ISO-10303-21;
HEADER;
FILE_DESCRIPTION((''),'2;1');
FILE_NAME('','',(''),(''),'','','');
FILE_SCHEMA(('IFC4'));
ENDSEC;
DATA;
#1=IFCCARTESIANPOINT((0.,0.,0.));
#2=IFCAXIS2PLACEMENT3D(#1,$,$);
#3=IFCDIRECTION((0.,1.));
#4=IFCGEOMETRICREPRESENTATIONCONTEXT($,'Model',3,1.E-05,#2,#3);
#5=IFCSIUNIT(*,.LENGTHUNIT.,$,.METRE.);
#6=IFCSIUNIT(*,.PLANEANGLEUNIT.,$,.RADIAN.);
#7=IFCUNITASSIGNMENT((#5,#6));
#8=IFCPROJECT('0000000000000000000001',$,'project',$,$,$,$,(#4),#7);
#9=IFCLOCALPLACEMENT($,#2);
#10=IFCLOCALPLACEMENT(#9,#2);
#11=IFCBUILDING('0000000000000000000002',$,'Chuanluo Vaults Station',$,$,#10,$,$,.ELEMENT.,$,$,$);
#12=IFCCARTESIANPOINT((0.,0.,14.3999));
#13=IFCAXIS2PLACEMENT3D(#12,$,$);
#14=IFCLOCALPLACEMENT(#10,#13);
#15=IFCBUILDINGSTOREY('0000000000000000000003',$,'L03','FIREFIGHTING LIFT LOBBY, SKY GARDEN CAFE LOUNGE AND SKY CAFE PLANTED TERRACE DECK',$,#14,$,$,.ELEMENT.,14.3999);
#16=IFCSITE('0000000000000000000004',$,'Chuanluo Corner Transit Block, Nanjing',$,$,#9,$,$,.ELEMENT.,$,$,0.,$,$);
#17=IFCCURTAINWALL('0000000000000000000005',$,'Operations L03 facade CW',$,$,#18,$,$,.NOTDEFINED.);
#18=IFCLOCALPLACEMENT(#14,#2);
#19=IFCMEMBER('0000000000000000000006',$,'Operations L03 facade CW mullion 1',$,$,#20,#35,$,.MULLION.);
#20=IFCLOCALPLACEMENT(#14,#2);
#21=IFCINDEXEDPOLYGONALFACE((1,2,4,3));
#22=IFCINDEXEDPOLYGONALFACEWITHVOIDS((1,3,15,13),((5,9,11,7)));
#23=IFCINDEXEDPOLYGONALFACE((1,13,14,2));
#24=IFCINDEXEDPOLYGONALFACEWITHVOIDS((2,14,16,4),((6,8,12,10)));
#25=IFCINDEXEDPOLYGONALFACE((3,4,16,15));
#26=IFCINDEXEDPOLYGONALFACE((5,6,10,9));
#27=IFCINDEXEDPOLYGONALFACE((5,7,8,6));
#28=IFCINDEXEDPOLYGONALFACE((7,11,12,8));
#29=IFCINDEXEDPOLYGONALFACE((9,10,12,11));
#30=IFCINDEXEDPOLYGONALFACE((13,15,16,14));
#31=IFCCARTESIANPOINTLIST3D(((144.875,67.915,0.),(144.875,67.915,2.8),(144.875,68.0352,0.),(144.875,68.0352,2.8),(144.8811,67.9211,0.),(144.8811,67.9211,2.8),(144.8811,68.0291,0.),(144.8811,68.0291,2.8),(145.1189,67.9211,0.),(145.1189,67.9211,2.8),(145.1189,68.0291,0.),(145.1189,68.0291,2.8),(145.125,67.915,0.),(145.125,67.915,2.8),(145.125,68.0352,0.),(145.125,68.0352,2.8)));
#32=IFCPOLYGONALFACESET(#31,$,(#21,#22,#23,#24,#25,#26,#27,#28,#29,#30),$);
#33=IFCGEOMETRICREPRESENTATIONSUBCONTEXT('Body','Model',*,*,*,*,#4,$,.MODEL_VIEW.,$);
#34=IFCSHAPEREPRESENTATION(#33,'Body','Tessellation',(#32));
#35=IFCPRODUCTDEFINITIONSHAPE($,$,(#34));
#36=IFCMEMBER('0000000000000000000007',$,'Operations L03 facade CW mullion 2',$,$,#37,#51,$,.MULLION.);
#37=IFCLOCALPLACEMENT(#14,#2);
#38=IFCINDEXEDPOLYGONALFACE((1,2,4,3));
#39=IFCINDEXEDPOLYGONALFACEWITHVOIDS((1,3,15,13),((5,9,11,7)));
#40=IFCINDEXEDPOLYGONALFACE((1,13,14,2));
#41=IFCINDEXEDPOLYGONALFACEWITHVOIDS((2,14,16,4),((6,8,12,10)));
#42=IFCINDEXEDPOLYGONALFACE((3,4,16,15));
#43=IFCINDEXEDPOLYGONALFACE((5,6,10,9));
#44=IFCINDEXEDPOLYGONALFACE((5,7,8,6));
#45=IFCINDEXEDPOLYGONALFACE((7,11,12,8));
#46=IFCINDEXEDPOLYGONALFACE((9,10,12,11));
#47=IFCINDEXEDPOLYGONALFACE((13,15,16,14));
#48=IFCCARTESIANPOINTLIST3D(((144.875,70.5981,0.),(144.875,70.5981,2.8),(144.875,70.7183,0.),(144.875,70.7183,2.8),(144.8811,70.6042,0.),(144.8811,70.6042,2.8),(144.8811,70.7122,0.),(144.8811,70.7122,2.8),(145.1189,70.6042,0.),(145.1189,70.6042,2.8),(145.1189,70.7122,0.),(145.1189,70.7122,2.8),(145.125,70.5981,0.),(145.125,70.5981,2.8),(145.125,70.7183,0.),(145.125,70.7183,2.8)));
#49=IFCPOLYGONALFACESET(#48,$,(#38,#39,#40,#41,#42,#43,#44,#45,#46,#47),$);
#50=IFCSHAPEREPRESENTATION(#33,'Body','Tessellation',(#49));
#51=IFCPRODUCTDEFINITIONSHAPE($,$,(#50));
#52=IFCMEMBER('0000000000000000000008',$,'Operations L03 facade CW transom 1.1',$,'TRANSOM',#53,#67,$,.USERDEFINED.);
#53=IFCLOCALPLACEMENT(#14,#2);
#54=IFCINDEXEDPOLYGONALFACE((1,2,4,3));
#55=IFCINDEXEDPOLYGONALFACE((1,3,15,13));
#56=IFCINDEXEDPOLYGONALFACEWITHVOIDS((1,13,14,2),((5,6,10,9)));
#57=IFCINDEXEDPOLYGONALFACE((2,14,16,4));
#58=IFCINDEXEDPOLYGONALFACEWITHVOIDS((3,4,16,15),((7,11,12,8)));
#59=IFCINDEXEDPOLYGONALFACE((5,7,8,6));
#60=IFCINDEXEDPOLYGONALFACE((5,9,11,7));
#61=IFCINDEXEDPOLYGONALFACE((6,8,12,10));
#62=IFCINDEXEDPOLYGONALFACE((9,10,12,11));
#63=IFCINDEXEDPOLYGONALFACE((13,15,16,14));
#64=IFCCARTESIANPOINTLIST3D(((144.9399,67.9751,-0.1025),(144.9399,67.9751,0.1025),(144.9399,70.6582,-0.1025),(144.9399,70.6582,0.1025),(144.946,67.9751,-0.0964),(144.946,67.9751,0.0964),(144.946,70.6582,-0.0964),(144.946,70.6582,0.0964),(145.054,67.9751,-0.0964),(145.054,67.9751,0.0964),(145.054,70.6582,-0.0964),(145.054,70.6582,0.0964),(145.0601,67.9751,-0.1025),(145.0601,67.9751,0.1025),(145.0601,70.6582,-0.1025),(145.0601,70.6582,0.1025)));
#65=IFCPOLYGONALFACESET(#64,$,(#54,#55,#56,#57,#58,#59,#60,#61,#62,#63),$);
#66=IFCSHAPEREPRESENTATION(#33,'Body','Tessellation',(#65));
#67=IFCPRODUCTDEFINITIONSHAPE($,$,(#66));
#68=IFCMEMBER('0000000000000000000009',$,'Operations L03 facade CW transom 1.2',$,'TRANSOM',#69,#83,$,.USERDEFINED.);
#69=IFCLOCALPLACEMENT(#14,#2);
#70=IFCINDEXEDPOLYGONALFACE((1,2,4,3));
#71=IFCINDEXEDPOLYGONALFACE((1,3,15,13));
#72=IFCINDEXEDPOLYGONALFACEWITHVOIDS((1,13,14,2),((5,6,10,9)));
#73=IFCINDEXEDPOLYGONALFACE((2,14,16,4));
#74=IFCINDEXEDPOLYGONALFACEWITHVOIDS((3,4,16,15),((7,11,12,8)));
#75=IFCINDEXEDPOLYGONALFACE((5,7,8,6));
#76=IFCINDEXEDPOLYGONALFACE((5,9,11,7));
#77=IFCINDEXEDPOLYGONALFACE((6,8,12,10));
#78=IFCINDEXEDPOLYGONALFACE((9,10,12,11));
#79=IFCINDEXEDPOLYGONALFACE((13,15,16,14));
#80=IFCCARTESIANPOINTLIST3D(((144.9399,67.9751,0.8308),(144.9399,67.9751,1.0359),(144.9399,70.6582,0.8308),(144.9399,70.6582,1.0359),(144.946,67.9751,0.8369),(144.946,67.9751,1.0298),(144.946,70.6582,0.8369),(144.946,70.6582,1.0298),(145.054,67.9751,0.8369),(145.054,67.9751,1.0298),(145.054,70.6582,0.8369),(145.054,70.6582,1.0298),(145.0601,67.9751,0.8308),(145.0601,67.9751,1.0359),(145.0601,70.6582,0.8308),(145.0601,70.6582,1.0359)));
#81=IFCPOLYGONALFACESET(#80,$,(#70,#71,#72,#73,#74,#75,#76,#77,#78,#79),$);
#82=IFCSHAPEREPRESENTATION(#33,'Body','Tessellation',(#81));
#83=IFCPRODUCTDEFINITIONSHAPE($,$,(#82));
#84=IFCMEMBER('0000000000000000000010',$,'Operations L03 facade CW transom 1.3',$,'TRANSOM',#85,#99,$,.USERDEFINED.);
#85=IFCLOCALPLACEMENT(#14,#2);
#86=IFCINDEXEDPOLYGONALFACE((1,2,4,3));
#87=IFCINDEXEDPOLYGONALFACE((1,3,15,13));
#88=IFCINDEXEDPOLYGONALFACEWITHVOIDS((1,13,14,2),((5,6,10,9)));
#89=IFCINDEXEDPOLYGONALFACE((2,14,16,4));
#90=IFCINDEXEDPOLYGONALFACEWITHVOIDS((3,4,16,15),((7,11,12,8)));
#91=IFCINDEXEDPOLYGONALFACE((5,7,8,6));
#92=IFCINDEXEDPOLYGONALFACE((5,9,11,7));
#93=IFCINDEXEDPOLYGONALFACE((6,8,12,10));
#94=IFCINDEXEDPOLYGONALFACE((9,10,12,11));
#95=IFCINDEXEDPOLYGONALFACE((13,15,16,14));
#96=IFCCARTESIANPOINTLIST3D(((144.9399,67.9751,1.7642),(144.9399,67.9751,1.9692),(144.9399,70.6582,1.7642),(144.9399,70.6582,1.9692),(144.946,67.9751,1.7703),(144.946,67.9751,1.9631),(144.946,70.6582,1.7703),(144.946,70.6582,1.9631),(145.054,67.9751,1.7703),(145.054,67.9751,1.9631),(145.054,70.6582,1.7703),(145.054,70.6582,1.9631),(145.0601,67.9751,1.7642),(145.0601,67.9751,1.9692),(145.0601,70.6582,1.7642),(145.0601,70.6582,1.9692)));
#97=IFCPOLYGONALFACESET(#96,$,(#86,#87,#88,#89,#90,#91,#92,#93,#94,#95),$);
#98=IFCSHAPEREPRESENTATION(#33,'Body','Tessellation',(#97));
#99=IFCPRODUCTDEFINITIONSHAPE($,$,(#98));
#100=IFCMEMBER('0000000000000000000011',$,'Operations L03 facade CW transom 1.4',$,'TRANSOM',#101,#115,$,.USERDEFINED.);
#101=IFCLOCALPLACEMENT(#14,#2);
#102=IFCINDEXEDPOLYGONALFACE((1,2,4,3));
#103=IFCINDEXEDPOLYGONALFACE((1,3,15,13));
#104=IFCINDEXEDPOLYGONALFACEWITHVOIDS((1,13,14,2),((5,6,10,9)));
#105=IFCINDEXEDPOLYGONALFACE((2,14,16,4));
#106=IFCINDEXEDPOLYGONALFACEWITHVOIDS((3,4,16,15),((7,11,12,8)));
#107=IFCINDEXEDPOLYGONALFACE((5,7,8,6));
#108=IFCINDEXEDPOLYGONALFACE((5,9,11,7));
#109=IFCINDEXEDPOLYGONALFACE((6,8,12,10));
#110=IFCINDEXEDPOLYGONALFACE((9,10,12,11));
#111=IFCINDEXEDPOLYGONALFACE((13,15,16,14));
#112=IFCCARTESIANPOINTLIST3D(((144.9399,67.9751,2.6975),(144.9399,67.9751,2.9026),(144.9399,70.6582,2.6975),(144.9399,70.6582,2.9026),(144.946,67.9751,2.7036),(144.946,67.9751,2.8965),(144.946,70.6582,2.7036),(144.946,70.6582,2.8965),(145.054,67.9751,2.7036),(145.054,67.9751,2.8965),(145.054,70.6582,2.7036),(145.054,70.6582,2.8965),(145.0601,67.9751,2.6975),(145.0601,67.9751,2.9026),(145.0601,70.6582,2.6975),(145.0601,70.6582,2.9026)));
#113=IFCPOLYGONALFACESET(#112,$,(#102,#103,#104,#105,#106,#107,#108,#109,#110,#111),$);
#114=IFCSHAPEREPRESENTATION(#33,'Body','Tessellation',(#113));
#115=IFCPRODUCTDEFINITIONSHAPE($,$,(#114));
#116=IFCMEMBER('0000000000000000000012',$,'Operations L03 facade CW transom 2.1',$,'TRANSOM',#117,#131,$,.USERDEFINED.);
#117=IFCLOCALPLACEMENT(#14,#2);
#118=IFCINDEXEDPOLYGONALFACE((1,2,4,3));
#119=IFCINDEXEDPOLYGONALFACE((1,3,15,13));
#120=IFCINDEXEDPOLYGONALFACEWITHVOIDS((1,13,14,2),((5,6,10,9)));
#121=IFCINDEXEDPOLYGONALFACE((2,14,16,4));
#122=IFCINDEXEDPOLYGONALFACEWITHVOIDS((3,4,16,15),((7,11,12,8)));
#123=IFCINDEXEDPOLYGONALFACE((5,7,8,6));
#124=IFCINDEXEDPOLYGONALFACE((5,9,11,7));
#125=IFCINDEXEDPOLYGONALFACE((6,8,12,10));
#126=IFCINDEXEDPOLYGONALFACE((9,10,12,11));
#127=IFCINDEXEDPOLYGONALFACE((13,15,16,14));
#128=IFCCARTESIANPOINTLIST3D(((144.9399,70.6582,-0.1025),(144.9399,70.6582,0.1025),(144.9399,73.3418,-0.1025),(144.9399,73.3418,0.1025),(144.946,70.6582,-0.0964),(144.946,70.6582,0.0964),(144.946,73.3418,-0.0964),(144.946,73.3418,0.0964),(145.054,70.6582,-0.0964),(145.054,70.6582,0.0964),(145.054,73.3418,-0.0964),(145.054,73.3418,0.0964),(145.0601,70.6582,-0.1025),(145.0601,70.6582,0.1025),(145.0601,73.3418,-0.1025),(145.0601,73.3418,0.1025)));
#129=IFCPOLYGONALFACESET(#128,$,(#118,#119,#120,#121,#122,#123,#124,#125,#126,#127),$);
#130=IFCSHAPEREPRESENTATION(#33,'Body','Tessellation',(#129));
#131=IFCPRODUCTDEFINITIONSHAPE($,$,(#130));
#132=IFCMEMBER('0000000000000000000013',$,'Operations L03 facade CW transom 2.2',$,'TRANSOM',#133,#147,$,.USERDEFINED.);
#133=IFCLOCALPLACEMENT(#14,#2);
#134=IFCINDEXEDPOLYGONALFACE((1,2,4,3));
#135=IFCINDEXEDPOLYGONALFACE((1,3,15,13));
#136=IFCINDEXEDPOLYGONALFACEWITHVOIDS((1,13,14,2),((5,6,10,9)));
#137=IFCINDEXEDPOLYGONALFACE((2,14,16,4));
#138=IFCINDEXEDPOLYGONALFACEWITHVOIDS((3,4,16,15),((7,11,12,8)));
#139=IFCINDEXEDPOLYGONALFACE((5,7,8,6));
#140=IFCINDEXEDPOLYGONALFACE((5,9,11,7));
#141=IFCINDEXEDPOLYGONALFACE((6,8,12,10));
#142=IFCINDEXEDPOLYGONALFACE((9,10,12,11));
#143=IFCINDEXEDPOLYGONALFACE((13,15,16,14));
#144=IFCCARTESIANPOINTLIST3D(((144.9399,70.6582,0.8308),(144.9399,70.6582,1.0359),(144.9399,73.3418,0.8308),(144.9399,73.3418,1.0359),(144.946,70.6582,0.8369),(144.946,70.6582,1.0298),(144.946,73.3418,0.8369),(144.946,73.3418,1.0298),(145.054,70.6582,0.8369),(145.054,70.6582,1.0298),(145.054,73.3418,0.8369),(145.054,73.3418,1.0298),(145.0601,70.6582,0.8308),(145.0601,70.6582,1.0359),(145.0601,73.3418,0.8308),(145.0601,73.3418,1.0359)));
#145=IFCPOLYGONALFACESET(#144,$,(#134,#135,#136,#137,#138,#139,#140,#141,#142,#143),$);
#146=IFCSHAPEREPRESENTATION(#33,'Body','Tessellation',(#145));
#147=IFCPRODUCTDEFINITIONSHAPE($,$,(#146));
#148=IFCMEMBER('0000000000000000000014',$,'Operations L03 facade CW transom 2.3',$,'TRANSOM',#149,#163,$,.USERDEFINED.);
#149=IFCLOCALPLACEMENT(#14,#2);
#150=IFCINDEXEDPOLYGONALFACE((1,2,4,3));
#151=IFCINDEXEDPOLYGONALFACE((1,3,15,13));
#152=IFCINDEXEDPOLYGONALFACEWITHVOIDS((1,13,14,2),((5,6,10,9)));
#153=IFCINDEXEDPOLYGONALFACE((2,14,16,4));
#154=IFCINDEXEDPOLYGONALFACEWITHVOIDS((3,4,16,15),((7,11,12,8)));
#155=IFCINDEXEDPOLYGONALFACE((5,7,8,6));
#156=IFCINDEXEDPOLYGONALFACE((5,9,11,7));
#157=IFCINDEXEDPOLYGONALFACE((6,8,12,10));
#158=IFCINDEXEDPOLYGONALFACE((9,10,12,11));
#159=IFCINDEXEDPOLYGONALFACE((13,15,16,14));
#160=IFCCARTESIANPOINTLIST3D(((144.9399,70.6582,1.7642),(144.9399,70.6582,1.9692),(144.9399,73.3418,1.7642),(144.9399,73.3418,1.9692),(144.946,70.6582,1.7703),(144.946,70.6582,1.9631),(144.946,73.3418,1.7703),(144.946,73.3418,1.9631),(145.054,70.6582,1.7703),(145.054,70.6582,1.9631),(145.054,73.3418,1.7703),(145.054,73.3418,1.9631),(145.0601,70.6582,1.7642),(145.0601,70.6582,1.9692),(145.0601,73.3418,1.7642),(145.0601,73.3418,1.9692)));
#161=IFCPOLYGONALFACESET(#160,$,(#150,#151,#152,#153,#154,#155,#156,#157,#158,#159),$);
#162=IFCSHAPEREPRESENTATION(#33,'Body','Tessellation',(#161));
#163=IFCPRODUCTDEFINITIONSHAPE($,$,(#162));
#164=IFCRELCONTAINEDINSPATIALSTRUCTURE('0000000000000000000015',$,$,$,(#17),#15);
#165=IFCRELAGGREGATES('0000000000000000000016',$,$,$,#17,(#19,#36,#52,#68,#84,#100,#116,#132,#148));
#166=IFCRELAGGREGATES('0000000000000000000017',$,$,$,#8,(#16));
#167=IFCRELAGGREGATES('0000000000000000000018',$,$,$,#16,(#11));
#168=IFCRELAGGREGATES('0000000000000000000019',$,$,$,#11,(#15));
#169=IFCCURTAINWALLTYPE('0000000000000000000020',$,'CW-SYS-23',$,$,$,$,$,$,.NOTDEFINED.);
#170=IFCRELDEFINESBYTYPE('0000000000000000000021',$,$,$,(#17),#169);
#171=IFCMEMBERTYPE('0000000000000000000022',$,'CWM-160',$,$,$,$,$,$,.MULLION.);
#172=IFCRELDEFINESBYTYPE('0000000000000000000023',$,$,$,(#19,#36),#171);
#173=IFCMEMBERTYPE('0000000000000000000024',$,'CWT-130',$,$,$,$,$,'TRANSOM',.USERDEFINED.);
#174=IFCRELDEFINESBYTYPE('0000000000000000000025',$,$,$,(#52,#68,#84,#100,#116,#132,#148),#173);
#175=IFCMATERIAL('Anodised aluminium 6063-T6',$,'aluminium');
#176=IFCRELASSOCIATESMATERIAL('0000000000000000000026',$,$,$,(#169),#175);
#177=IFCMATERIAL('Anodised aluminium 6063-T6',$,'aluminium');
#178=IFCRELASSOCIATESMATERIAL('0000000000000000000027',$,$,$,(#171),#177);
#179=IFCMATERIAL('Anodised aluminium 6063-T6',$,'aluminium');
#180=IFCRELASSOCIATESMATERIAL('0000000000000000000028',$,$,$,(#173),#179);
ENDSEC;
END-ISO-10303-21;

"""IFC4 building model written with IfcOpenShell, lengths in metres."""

from ifc_helpers import new_model, si_unit, direction, frame, origin, origin_2d, place, context, subcontext, project, spatial, hollow_rectangle, extrude, material, material_profile, profile_set, type_object, element, aggregate, save


model = new_model("IFC4")

# Units and contexts
model_context = context("Model", 3, precision=1e-05, world=origin(), true_north=direction((0.0, 1.0)))
body_context = subcontext(model_context, "Body", "Model", "MODEL_VIEW")
ifc_project = project(units=[si_unit("LENGTHUNIT", "METRE"), si_unit("PLANEANGLEUNIT", "RADIAN")], contexts=[model_context])

# Site, building, storey
site_placement = place(None, origin())
site = spatial("IfcSite", under=ifc_project, at=site_placement, Name="Chuanluo Corner Transit Block, Nanjing", CompositionType="ELEMENT", RefElevation=0.0)
building_placement = place(site_placement, origin())
building = spatial("IfcBuilding", under=site, at=building_placement, Name="Chuanluo Vaults Station", CompositionType="ELEMENT")
storey_placement = place(building_placement, frame((0.0, 0.0, 14.3999)))
storey = spatial("IfcBuildingStorey", under=building, at=storey_placement, Name="L03", Description="FIREFIGHTING LIFT LOBBY, SKY GARDEN CAFE LOUNGE AND SKY CAFE PLANTED TERRACE DECK", CompositionType="ELEMENT", Elevation=14.3999)

# Curtain wall, members
ifc_material_1 = material(Name="Anodised aluminium 6063-T6", Category="aluminium")
curtain_wall_type = type_object("IfcCurtainWallType", Name="CW-SYS-23", PredefinedType="NOTDEFINED", material=ifc_material_1)
curtain_wall_placement = place(storey_placement, origin())
curtain_wall = element("IfcCurtainWall", 1, at=curtain_wall_placement, inside=storey, type_object=curtain_wall_type, Name="Operations L03 facade CW", PredefinedType="NOTDEFINED")
ifc_material_2 = material(Name="Anodised aluminium 6063-T6", Category="aluminium")
ifc_material_profile_1 = material_profile(ifc_material_2, hollow_rectangle(XDim=0.1201, YDim=0.25, WallThickness=0.0061, at=origin_2d()))
ifc_profile_set_1 = profile_set([ifc_material_profile_1], Name="Anodised aluminium 6063-T6")
member_type_1 = type_object("IfcMemberType", Name="CWM-160", PredefinedType="MULLION", material=ifc_profile_set_1)
member_1_placement = place(storey_placement, frame((145.0, 67.9751, 0.0), z_axis=(0.0, 0.0, 1.0), x_axis=(0.0, 1.0, 0.0)))
member_1 = element("IfcMember", 2, at=member_1_placement, type_object=member_type_1, Name="Operations L03 facade CW mullion 1", PredefinedType="MULLION", context=body_context, shape_type="SweptSolid", body=[
    extrude(hollow_rectangle(XDim=0.1201, YDim=0.25, WallThickness=0.0061, at=origin_2d()), origin(), (0.0, 0.0, 1.0), 2.8),
])
member_2_placement = place(storey_placement, frame((145.0, 70.6582, 0.0), z_axis=(0.0, 0.0, 1.0), x_axis=(0.0, 1.0, 0.0)))
member_2 = element("IfcMember", 3, at=member_2_placement, type_object=member_type_1, Name="Operations L03 facade CW mullion 2", PredefinedType="MULLION", context=body_context, shape_type="SweptSolid", body=[
    extrude(hollow_rectangle(XDim=0.1201, YDim=0.25, WallThickness=0.0061, at=origin_2d()), origin(), (0.0, 0.0, 1.0), 2.8),
])
ifc_material_3 = material(Name="Anodised aluminium 6063-T6", Category="aluminium")
ifc_material_profile_2 = material_profile(ifc_material_3, hollow_rectangle(XDim=0.1201, YDim=0.2051, WallThickness=0.0061, at=origin_2d()))
ifc_profile_set_2 = profile_set([ifc_material_profile_2], Name="Anodised aluminium 6063-T6")
member_type_2 = type_object("IfcMemberType", Name="CWT-130", ElementType="TRANSOM", PredefinedType="USERDEFINED", material=ifc_profile_set_2)
member_3_placement = place(storey_placement, frame((145.0, 67.9751, 0.0), z_axis=(0.0, 1.0, 0.0), x_axis=(-1.0, 0.0, 0.0)))
member_3 = element("IfcMember", 4, at=member_3_placement, type_object=member_type_2, Name="Operations L03 facade CW transom 1.1", ObjectType="TRANSOM", PredefinedType="USERDEFINED", context=body_context, shape_type="SweptSolid", body=[
    extrude(hollow_rectangle(XDim=0.1201, YDim=0.2051, WallThickness=0.0061, at=origin_2d()), origin(), (0.0, 0.0, 1.0), 2.6831),
])
member_4_placement = place(storey_placement, frame((145.0, 67.9751, 0.9333), z_axis=(0.0, 1.0, 0.0), x_axis=(-1.0, 0.0, 0.0)))
member_4 = element("IfcMember", 5, at=member_4_placement, type_object=member_type_2, Name="Operations L03 facade CW transom 1.2", ObjectType="TRANSOM", PredefinedType="USERDEFINED", context=body_context, shape_type="SweptSolid", body=[
    extrude(hollow_rectangle(XDim=0.1201, YDim=0.2051, WallThickness=0.0061, at=origin_2d()), origin(), (0.0, 0.0, 1.0), 2.6831),
])
member_5_placement = place(storey_placement, frame((145.0, 67.9751, 1.8667), z_axis=(0.0, 1.0, 0.0), x_axis=(-1.0, 0.0, 0.0)))
member_5 = element("IfcMember", 6, at=member_5_placement, type_object=member_type_2, Name="Operations L03 facade CW transom 1.3", ObjectType="TRANSOM", PredefinedType="USERDEFINED", context=body_context, shape_type="SweptSolid", body=[
    extrude(hollow_rectangle(XDim=0.1201, YDim=0.2051, WallThickness=0.0061, at=origin_2d()), origin(), (0.0, 0.0, 1.0), 2.6831),
])
member_6_placement = place(storey_placement, frame((145.0, 67.9751, 2.8), z_axis=(0.0, 1.0, 0.0), x_axis=(-1.0, 0.0, 0.0)))
member_6 = element("IfcMember", 7, at=member_6_placement, type_object=member_type_2, Name="Operations L03 facade CW transom 1.4", ObjectType="TRANSOM", PredefinedType="USERDEFINED", context=body_context, shape_type="SweptSolid", body=[
    extrude(hollow_rectangle(XDim=0.1201, YDim=0.2051, WallThickness=0.0061, at=origin_2d()), origin(), (0.0, 0.0, 1.0), 2.6831),
])
member_7_placement = place(storey_placement, frame((145.0, 70.6582, 0.0), z_axis=(0.0, 1.0, 0.0), x_axis=(-1.0, 0.0, 0.0)))
member_7 = element("IfcMember", 8, at=member_7_placement, type_object=member_type_2, Name="Operations L03 facade CW transom 2.1", ObjectType="TRANSOM", PredefinedType="USERDEFINED", context=body_context, shape_type="SweptSolid", body=[
    extrude(hollow_rectangle(XDim=0.1201, YDim=0.2051, WallThickness=0.0061, at=origin_2d()), origin(), (0.0, 0.0, 1.0), 2.6836),
])
member_8_placement = place(storey_placement, frame((145.0, 70.6582, 0.9333), z_axis=(0.0, 1.0, 0.0), x_axis=(-1.0, 0.0, 0.0)))
member_8 = element("IfcMember", 9, at=member_8_placement, type_object=member_type_2, Name="Operations L03 facade CW transom 2.2", ObjectType="TRANSOM", PredefinedType="USERDEFINED", context=body_context, shape_type="SweptSolid", body=[
    extrude(hollow_rectangle(XDim=0.1201, YDim=0.2051, WallThickness=0.0061, at=origin_2d()), origin(), (0.0, 0.0, 1.0), 2.6836),
])
member_9_placement = place(storey_placement, frame((145.0, 70.6582, 1.8667), z_axis=(0.0, 1.0, 0.0), x_axis=(-1.0, 0.0, 0.0)))
member_9 = element("IfcMember", 10, at=member_9_placement, type_object=member_type_2, Name="Operations L03 facade CW transom 2.3", ObjectType="TRANSOM", PredefinedType="USERDEFINED", context=body_context, shape_type="SweptSolid", body=[
    extrude(hollow_rectangle(XDim=0.1201, YDim=0.2051, WallThickness=0.0061, at=origin_2d()), origin(), (0.0, 0.0, 1.0), 2.6836),
])

aggregate(curtain_wall, [member_1, member_2, member_3, member_4, member_5, member_6, member_7, member_8, member_9])

save(model, "model.ifc")
